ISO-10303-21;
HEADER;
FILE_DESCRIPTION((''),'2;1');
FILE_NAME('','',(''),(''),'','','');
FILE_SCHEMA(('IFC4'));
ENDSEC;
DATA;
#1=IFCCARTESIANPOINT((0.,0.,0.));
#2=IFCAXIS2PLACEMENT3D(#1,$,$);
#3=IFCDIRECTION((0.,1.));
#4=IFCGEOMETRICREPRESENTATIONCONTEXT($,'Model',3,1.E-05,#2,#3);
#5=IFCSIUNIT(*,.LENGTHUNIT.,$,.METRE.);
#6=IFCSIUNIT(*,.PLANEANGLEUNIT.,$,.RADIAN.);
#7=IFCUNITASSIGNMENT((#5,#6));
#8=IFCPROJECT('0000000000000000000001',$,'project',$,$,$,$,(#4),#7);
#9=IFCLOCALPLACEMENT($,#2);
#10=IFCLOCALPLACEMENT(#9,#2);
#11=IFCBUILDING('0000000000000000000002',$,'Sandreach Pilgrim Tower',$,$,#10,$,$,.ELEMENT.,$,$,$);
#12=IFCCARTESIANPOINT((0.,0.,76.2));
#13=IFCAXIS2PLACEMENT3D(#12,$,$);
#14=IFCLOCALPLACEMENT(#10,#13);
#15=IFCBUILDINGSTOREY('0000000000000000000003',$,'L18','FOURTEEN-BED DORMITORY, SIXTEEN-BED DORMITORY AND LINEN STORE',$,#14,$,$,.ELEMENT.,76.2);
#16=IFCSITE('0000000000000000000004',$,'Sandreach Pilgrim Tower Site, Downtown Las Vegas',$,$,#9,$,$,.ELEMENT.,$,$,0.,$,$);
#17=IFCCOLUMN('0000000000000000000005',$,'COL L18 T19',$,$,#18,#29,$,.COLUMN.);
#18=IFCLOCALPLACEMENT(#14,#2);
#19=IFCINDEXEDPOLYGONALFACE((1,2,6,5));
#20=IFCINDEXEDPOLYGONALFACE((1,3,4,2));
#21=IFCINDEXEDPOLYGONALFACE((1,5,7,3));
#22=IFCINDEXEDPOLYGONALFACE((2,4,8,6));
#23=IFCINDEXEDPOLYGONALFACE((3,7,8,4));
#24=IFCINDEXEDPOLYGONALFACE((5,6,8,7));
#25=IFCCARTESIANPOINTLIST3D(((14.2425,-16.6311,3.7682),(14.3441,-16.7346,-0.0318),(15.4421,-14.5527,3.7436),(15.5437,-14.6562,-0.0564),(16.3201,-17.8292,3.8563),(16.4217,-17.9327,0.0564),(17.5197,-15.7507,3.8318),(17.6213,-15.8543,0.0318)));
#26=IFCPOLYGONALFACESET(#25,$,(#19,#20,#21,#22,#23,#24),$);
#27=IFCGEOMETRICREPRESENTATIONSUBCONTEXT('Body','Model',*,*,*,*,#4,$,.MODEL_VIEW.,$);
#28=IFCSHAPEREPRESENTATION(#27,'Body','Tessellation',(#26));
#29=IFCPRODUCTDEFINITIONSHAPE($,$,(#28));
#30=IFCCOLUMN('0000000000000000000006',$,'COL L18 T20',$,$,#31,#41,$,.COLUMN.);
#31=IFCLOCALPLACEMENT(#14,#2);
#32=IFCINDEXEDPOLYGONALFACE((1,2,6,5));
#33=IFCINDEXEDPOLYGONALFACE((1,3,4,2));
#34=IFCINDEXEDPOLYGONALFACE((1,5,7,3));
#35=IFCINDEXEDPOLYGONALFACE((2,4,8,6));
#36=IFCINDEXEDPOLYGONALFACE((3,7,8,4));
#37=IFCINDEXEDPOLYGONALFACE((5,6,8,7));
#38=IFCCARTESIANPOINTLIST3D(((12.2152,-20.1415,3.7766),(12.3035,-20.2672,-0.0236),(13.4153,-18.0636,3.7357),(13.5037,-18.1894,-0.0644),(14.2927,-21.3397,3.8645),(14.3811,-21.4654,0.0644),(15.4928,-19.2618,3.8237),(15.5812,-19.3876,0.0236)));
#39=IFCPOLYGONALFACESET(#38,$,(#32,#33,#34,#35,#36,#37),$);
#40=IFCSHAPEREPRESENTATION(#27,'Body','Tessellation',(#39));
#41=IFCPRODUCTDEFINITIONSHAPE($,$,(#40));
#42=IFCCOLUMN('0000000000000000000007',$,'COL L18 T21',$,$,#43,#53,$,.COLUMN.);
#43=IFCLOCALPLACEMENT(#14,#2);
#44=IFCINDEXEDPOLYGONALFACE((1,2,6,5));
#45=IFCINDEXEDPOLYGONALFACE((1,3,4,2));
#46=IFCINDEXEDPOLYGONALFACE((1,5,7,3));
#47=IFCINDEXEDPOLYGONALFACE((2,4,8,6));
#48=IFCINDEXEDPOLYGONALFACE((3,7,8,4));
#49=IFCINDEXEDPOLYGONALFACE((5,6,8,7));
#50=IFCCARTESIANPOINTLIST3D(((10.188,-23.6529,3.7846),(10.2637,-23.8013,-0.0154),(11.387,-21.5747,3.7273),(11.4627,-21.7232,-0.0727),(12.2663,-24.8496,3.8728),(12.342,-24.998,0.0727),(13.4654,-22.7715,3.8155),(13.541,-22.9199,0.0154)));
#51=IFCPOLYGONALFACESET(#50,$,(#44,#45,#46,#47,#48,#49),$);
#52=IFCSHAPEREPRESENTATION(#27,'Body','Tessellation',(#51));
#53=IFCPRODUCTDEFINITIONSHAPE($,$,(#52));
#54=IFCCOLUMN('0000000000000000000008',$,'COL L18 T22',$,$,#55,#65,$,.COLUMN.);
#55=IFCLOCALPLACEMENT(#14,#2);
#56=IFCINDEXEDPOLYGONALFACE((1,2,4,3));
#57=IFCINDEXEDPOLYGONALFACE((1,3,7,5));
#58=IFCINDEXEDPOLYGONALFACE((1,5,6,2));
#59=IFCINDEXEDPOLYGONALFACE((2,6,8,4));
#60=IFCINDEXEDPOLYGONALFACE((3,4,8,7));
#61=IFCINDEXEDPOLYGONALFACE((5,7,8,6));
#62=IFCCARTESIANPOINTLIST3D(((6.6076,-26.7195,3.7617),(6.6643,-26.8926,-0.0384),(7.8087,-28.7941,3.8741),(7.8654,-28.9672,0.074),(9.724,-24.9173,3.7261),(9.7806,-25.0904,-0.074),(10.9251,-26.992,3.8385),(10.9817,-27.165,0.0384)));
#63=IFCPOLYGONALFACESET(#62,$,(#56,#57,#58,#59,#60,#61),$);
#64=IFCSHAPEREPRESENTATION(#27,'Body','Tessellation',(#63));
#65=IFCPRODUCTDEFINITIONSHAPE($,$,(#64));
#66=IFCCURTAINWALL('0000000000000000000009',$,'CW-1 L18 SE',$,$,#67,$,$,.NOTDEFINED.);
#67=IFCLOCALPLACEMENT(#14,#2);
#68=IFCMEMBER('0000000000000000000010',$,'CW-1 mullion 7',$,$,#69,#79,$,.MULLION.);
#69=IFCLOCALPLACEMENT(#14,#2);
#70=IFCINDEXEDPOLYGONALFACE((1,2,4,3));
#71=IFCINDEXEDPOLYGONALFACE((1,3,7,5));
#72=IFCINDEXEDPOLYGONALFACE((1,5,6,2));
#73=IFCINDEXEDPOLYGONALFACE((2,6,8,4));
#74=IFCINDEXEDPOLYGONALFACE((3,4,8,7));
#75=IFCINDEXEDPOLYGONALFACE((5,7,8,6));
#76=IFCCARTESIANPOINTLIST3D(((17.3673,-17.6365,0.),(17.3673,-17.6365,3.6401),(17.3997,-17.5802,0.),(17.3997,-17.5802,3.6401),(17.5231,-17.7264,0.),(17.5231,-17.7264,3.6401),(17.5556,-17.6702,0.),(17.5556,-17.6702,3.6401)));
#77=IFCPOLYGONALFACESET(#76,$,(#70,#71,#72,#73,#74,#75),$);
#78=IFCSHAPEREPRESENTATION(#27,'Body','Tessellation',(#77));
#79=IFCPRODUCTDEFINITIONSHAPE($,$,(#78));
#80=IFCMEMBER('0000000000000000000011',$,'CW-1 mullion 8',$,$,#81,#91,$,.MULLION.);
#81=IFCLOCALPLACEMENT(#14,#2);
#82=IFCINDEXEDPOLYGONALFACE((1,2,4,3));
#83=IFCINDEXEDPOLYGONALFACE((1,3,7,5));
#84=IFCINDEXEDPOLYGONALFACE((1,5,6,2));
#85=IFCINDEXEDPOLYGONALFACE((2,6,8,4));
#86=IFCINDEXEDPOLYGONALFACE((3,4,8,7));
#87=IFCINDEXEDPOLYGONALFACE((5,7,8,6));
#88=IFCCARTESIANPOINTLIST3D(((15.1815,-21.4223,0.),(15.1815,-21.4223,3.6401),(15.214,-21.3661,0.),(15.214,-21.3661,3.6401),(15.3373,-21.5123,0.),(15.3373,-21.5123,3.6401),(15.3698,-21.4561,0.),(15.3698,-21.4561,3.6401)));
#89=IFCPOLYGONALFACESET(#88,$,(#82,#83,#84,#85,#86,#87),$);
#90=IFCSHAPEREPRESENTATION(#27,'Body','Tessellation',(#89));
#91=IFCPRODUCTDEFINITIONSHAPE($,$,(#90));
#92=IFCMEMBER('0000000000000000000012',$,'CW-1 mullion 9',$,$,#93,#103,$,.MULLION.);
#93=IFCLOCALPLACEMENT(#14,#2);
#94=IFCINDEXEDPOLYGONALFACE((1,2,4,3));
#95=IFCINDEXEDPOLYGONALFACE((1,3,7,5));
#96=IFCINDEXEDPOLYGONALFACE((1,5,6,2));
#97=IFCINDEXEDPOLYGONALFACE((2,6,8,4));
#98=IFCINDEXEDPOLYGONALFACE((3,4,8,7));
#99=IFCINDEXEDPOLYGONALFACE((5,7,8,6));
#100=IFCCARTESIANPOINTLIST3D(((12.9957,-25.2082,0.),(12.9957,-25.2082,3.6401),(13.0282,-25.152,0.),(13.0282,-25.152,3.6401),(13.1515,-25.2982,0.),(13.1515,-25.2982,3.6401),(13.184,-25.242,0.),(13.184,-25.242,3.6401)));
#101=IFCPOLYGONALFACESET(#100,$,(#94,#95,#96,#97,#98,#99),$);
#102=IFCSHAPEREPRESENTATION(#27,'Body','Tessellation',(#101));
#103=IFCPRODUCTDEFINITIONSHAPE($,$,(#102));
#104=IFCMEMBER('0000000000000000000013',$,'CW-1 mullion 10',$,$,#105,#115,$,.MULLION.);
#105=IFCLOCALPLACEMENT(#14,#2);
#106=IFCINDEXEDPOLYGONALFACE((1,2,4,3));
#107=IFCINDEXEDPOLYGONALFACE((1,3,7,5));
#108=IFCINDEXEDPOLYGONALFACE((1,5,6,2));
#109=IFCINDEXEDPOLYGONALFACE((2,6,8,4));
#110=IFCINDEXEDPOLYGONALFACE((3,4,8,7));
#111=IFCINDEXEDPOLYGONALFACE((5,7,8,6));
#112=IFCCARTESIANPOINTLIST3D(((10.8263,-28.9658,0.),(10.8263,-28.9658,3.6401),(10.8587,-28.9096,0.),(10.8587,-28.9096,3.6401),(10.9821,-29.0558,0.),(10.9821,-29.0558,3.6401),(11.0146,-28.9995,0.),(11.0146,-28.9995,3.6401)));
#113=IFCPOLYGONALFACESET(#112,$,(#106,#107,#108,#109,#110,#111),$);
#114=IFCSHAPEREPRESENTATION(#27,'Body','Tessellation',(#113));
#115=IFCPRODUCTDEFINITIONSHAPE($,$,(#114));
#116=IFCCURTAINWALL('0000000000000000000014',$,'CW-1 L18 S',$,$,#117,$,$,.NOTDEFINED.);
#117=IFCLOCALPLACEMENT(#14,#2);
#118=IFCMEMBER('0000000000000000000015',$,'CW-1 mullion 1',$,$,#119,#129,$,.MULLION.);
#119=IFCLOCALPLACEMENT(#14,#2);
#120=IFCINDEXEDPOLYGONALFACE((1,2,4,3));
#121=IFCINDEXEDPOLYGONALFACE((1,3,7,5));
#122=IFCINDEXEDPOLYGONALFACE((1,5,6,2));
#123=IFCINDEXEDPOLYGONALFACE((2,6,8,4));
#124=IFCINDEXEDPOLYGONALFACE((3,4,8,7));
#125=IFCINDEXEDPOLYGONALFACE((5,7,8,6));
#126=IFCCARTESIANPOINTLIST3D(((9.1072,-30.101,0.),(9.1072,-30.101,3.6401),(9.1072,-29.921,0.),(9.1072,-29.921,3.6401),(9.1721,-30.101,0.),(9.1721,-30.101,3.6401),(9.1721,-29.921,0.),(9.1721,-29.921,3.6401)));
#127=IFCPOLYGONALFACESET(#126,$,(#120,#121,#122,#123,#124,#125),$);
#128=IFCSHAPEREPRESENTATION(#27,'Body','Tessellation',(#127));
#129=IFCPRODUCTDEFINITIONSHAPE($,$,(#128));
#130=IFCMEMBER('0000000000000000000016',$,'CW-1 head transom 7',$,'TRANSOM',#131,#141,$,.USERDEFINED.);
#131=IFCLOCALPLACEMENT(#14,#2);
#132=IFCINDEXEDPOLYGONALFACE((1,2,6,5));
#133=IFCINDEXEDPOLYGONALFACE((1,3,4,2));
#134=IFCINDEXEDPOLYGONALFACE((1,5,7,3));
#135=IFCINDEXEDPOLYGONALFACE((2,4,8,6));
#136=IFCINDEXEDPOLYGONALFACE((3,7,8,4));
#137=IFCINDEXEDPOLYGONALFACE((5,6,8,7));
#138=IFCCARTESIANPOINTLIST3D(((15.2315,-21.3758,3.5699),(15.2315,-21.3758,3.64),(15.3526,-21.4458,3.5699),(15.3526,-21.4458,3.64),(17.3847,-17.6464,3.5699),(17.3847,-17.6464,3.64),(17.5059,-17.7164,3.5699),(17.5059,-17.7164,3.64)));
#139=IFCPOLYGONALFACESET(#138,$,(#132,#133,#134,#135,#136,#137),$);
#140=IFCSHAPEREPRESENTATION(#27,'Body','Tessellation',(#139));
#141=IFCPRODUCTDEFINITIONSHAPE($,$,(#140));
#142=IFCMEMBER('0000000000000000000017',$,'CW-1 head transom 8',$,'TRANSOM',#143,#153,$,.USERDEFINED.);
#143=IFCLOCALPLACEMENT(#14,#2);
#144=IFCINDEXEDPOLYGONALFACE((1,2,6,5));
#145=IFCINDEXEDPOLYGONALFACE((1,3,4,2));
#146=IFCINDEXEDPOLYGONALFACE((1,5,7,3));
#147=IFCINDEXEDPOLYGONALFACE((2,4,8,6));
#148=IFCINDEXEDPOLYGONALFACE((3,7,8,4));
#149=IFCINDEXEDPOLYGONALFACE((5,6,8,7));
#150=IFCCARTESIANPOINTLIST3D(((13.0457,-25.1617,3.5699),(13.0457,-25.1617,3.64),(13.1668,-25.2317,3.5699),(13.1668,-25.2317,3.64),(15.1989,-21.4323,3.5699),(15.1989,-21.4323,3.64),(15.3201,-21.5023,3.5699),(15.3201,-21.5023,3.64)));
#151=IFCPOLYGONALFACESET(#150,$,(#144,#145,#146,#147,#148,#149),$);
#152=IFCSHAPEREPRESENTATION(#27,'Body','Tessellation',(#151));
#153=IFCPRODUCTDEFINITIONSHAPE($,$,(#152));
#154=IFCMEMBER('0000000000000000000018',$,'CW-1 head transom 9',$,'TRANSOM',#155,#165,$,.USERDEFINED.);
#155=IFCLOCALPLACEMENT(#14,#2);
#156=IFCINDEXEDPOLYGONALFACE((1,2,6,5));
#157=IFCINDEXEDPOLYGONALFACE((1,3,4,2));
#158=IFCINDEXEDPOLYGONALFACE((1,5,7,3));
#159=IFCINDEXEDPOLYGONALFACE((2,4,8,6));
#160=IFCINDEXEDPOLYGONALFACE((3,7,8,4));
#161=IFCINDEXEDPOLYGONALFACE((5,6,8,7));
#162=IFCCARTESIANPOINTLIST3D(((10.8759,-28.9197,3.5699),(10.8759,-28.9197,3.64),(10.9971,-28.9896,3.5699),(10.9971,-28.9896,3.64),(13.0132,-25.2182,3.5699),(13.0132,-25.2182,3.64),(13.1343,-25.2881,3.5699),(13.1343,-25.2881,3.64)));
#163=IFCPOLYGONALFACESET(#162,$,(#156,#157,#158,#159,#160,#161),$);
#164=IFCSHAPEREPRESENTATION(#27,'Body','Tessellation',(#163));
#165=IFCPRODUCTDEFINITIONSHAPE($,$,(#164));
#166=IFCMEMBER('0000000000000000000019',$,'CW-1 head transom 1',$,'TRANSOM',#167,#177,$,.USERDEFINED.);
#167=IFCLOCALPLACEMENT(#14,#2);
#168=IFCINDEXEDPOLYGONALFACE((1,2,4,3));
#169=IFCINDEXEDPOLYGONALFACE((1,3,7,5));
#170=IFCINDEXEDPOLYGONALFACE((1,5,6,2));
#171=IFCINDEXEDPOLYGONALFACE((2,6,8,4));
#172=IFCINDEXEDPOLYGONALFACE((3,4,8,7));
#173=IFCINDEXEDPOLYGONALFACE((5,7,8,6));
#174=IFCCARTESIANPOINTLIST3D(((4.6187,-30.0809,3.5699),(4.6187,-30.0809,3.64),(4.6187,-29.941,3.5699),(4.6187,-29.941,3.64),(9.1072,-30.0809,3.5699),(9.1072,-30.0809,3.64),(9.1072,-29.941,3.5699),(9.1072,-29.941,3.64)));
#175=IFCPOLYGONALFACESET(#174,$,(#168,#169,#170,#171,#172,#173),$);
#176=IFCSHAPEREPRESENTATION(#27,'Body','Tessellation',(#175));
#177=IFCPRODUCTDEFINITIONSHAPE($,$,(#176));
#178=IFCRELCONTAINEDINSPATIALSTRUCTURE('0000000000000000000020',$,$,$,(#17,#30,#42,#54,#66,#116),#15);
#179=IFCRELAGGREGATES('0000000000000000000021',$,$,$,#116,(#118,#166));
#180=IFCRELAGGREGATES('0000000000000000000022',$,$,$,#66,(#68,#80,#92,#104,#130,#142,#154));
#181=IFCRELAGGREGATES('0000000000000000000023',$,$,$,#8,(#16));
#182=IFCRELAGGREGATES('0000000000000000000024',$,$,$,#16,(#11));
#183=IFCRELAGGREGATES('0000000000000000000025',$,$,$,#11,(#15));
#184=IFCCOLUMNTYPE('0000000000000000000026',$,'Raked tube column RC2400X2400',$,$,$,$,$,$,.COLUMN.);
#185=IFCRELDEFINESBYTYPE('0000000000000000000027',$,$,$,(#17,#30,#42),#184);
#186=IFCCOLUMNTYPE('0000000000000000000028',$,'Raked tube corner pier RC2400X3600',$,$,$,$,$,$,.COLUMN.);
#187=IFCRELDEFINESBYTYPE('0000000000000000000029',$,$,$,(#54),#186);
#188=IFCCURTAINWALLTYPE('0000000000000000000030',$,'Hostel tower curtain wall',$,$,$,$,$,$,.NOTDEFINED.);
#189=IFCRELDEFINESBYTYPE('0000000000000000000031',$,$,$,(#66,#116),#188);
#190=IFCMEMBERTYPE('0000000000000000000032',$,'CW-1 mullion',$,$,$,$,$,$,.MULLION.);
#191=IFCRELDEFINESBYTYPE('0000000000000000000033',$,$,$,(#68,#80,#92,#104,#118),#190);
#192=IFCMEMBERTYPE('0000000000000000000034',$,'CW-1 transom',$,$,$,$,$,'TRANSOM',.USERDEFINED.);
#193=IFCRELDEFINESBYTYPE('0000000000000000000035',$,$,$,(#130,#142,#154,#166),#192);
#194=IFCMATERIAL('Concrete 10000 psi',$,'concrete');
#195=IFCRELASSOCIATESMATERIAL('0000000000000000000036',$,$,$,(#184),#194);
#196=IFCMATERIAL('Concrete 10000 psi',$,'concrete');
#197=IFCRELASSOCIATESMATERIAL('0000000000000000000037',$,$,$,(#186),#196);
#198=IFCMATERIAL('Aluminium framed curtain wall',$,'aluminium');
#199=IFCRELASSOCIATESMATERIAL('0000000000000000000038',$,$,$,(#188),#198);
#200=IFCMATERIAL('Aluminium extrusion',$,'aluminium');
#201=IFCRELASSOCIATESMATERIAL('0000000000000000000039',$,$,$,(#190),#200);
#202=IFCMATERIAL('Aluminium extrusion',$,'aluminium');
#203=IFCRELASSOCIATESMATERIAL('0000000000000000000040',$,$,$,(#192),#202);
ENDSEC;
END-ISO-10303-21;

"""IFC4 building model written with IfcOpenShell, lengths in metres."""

from ifc_helpers import new_model, si_unit, direction, frame, origin, origin_2d, place, context, subcontext, project, spatial, rectangle, extrude, material, material_profile, profile_set, type_object, element, aggregate, save


model = new_model("IFC4")

# Units and contexts
model_context = context("Model", 3, precision=1e-05, world=origin(), true_north=direction((0.0, 1.0)))
body_context = subcontext(model_context, "Body", "Model", "MODEL_VIEW")
ifc_project = project(units=[si_unit("LENGTHUNIT", "METRE"), si_unit("PLANEANGLEUNIT", "RADIAN")], contexts=[model_context])

# Site, building, storey
site_placement = place(None, origin())
site = spatial("IfcSite", under=ifc_project, at=site_placement, Name="Sandreach Pilgrim Tower Site, Downtown Las Vegas", CompositionType="ELEMENT", RefElevation=0.0)
building_placement = place(site_placement, origin())
building = spatial("IfcBuilding", under=site, at=building_placement, Name="Sandreach Pilgrim Tower", CompositionType="ELEMENT")
storey_placement = place(building_placement, frame((0.0, 0.0, 76.2)))
storey = spatial("IfcBuildingStorey", under=building, at=storey_placement, Name="L18", Description="FOURTEEN-BED DORMITORY, SIXTEEN-BED DORMITORY AND LINEN STORE", CompositionType="ELEMENT", Elevation=76.2)

# Columns
ifc_material_1 = material(Name="Concrete 10000 psi", Category="concrete")
ifc_material_profile_1 = material_profile(ifc_material_1, rectangle(XDim=2.3999, YDim=2.3999, at=origin_2d()), Name="RC2400X2400")
ifc_profile_set_1 = profile_set([ifc_material_profile_1], Name="Concrete 10000 psi")
column_type_1 = type_object("IfcColumnType", Name="Raked tube column RC2400X2400", PredefinedType="COLUMN", material=ifc_profile_set_1)
column_1_placement = place(storey_placement, frame((15.9827, -16.2944, 0.0), z_axis=(-0.026707, 0.027221, 0.999273), x_axis=(0.865695, -0.499221, 0.036736)))
element("IfcColumn", 1, at=column_1_placement, inside=storey, type_object=column_type_1, Name="COL L18 T19", PredefinedType="COLUMN", context=body_context, shape_type="SweptSolid", body=[
    extrude(rectangle(XDim=2.3999, YDim=2.3999, at=origin_2d()), origin(), (0.0, 0.0, 1.0), 3.8027),
])
column_2_placement = place(storey_placement, frame((13.9424, -19.8274, 0.0), z_axis=(-0.023238, 0.03306, 0.999183), x_axis=(0.865663, -0.499283, 0.036653)))
element("IfcColumn", 2, at=column_2_placement, inside=storey, type_object=column_type_1, Name="COL L18 T20", PredefinedType="COLUMN", context=body_context, shape_type="SweptSolid", body=[
    extrude(rectangle(XDim=2.3999, YDim=2.3999, at=origin_2d()), origin(), (0.0, 0.0, 1.0), 3.8032),
])
column_3_placement = place(storey_placement, frame((11.9023, -23.3606, 0.0), z_axis=(-0.019897, 0.039025, 0.99904), x_axis=(0.866022, -0.498655, 0.036727)))
element("IfcColumn", 3, at=column_3_placement, inside=storey, type_object=column_type_1, Name="COL L18 T21", PredefinedType="COLUMN", context=body_context, shape_type="SweptSolid", body=[
    extrude(rectangle(XDim=2.3999, YDim=2.3999, at=origin_2d()), origin(), (0.0, 0.0, 1.0), 3.8037),
])
ifc_material_2 = material(Name="Concrete 10000 psi", Category="concrete")
ifc_material_profile_2 = material_profile(ifc_material_2, rectangle(XDim=2.3999, YDim=3.6001, at=origin_2d()), Name="RC2400X3600")
ifc_profile_set_2 = profile_set([ifc_material_profile_2], Name="Concrete 10000 psi")
column_type_2 = type_object("IfcColumnType", Name="Raked tube corner pier RC2400X3600", PredefinedType="COLUMN", material=ifc_profile_set_2)
column_4_placement = place(storey_placement, frame((8.823, -27.0288, 0.0), z_axis=(-0.014888, 0.045499, 0.998853), x_axis=(0.500473, -0.864484, 0.046838)))
element("IfcColumn", 4, at=column_4_placement, inside=storey, type_object=column_type_2, Name="COL L18 T22", PredefinedType="COLUMN", context=body_context, shape_type="SweptSolid", body=[
    extrude(rectangle(XDim=2.3999, YDim=3.6001, at=origin_2d()), origin(), (0.0, 0.0, 1.0), 3.8044),
])

# Curtain wall, members
ifc_material_3 = material(Name="Aluminium framed curtain wall", Category="aluminium")
curtain_wall_type = type_object("IfcCurtainWallType", Name="Hostel tower curtain wall", PredefinedType="NOTDEFINED", material=ifc_material_3)
curtain_wall_1_placement = place(storey_placement, origin())
curtain_wall_1 = element("IfcCurtainWall", 5, at=curtain_wall_1_placement, inside=storey, type_object=curtain_wall_type, Name="CW-1 L18 SE", PredefinedType="NOTDEFINED")
ifc_material_4 = material(Name="Aluminium extrusion", Category="aluminium")
ifc_material_profile_3 = material_profile(ifc_material_4, rectangle(XDim=0.0649, YDim=0.1799, at=origin_2d()), Name="CW-1M 65X180")
ifc_profile_set_3 = profile_set([ifc_material_profile_3], Name="Aluminium extrusion")
member_type_1 = type_object("IfcMemberType", Name="CW-1 mullion", PredefinedType="MULLION", material=ifc_profile_set_3)
member_1_placement = place(storey_placement, frame((17.4614, -17.6533, 0.0), z_axis=(0.0, 0.0, 1.0), x_axis=(-0.5, -0.866025, 0.0)))
member_1 = element("IfcMember", 6, at=member_1_placement, type_object=member_type_1, Name="CW-1 mullion 7", PredefinedType="MULLION", context=body_context, shape_type="SweptSolid", body=[
    extrude(rectangle(XDim=0.0649, YDim=0.1799, at=origin_2d()), origin(), (0.0, 0.0, 1.0), 3.6401),
])
member_2_placement = place(storey_placement, frame((15.2756, -21.4392, 0.0), z_axis=(0.0, 0.0, 1.0), x_axis=(-0.5, -0.866025, 0.0)))
member_2 = element("IfcMember", 7, at=member_2_placement, type_object=member_type_1, Name="CW-1 mullion 8", PredefinedType="MULLION", context=body_context, shape_type="SweptSolid", body=[
    extrude(rectangle(XDim=0.0649, YDim=0.1799, at=origin_2d()), origin(), (0.0, 0.0, 1.0), 3.6401),
])
member_3_placement = place(storey_placement, frame((13.0898, -25.2251, 0.0), z_axis=(0.0, 0.0, 1.0), x_axis=(-0.5, -0.866025, 0.0)))
member_3 = element("IfcMember", 8, at=member_3_placement, type_object=member_type_1, Name="CW-1 mullion 9", PredefinedType="MULLION", context=body_context, shape_type="SweptSolid", body=[
    extrude(rectangle(XDim=0.0649, YDim=0.1799, at=origin_2d()), origin(), (0.0, 0.0, 1.0), 3.6401),
])
member_4_placement = place(storey_placement, frame((10.9204, -28.9827, 0.0), z_axis=(0.0, 0.0, 1.0), x_axis=(-0.5, -0.866025, 0.0)))
member_4 = element("IfcMember", 9, at=member_4_placement, type_object=member_type_1, Name="CW-1 mullion 10", PredefinedType="MULLION", context=body_context, shape_type="SweptSolid", body=[
    extrude(rectangle(XDim=0.0649, YDim=0.1799, at=origin_2d()), origin(), (0.0, 0.0, 1.0), 3.6401),
])

# Curtain wall, member
curtain_wall_2_placement = place(storey_placement, origin())
curtain_wall_2 = element("IfcCurtainWall", 10, at=curtain_wall_2_placement, inside=storey, type_object=curtain_wall_type, Name="CW-1 L18 S", PredefinedType="NOTDEFINED")
member_5_placement = place(storey_placement, frame((9.1396, -30.011, 0.0), z_axis=(0.0, 0.0, 1.0), x_axis=(-1.0, 0.0, 0.0)))
member_5 = element("IfcMember", 11, at=member_5_placement, type_object=member_type_1, Name="CW-1 mullion 1", PredefinedType="MULLION", context=body_context, shape_type="SweptSolid", body=[
    extrude(rectangle(XDim=0.0649, YDim=0.1799, at=origin_2d()), origin(), (0.0, 0.0, 1.0), 3.6401),
])

# Members
ifc_material_5 = material(Name="Aluminium extrusion", Category="aluminium")
ifc_material_profile_4 = material_profile(ifc_material_5, rectangle(XDim=0.1399, YDim=0.0701, at=origin_2d()), Name="CW-1T 140X70")
ifc_profile_set_4 = profile_set([ifc_material_profile_4], Name="Aluminium extrusion")
member_type_2 = type_object("IfcMemberType", Name="CW-1 transom", ElementType="TRANSOM", PredefinedType="USERDEFINED", material=ifc_profile_set_4)
member_6_placement = place(storey_placement, frame((17.4453, -17.6814, 3.605), z_axis=(-0.500017, -0.866016, 0.0), x_axis=(0.866016, -0.500017, 0.0)))
member_6 = element("IfcMember", 12, at=member_6_placement, type_object=member_type_2, Name="CW-1 head transom 7", ObjectType="TRANSOM", PredefinedType="USERDEFINED", context=body_context, shape_type="SweptSolid", body=[
    extrude(rectangle(XDim=0.1399, YDim=0.0701, at=origin_2d()), origin(), (0.0, 0.0, 1.0), 4.3064),
])
member_7_placement = place(storey_placement, frame((15.2595, -21.4673, 3.605), z_axis=(-0.500017, -0.866016, 0.0), x_axis=(0.866016, -0.500017, 0.0)))
member_7 = element("IfcMember", 13, at=member_7_placement, type_object=member_type_2, Name="CW-1 head transom 8", ObjectType="TRANSOM", PredefinedType="USERDEFINED", context=body_context, shape_type="SweptSolid", body=[
    extrude(rectangle(XDim=0.1399, YDim=0.0701, at=origin_2d()), origin(), (0.0, 0.0, 1.0), 4.3064),
])
member_8_placement = place(storey_placement, frame((13.0737, -25.2532, 3.605), z_axis=(-0.500034, -0.866006, 0.0), x_axis=(0.866006, -0.500034, 0.0)))
member_8 = element("IfcMember", 14, at=member_8_placement, type_object=member_type_2, Name="CW-1 head transom 9", ObjectType="TRANSOM", PredefinedType="USERDEFINED", context=body_context, shape_type="SweptSolid", body=[
    extrude(rectangle(XDim=0.1399, YDim=0.0701, at=origin_2d()), origin(), (0.0, 0.0, 1.0), 4.2742),
])
member_9_placement = place(storey_placement, frame((9.1072, -30.011, 3.605), z_axis=(-1.0, 0.0, 0.0), x_axis=(0.0, -1.0, 0.0)))
member_9 = element("IfcMember", 15, at=member_9_placement, type_object=member_type_2, Name="CW-1 head transom 1", ObjectType="TRANSOM", PredefinedType="USERDEFINED", context=body_context, shape_type="SweptSolid", body=[
    extrude(rectangle(XDim=0.1399, YDim=0.0701, at=origin_2d()), origin(), (0.0, 0.0, 1.0), 4.4885),
])
aggregate(curtain_wall_2, [member_5, member_9])

aggregate(curtain_wall_1, [member_1, member_2, member_3, member_4, member_6, member_7, member_8])

save(model, "model.ifc")
